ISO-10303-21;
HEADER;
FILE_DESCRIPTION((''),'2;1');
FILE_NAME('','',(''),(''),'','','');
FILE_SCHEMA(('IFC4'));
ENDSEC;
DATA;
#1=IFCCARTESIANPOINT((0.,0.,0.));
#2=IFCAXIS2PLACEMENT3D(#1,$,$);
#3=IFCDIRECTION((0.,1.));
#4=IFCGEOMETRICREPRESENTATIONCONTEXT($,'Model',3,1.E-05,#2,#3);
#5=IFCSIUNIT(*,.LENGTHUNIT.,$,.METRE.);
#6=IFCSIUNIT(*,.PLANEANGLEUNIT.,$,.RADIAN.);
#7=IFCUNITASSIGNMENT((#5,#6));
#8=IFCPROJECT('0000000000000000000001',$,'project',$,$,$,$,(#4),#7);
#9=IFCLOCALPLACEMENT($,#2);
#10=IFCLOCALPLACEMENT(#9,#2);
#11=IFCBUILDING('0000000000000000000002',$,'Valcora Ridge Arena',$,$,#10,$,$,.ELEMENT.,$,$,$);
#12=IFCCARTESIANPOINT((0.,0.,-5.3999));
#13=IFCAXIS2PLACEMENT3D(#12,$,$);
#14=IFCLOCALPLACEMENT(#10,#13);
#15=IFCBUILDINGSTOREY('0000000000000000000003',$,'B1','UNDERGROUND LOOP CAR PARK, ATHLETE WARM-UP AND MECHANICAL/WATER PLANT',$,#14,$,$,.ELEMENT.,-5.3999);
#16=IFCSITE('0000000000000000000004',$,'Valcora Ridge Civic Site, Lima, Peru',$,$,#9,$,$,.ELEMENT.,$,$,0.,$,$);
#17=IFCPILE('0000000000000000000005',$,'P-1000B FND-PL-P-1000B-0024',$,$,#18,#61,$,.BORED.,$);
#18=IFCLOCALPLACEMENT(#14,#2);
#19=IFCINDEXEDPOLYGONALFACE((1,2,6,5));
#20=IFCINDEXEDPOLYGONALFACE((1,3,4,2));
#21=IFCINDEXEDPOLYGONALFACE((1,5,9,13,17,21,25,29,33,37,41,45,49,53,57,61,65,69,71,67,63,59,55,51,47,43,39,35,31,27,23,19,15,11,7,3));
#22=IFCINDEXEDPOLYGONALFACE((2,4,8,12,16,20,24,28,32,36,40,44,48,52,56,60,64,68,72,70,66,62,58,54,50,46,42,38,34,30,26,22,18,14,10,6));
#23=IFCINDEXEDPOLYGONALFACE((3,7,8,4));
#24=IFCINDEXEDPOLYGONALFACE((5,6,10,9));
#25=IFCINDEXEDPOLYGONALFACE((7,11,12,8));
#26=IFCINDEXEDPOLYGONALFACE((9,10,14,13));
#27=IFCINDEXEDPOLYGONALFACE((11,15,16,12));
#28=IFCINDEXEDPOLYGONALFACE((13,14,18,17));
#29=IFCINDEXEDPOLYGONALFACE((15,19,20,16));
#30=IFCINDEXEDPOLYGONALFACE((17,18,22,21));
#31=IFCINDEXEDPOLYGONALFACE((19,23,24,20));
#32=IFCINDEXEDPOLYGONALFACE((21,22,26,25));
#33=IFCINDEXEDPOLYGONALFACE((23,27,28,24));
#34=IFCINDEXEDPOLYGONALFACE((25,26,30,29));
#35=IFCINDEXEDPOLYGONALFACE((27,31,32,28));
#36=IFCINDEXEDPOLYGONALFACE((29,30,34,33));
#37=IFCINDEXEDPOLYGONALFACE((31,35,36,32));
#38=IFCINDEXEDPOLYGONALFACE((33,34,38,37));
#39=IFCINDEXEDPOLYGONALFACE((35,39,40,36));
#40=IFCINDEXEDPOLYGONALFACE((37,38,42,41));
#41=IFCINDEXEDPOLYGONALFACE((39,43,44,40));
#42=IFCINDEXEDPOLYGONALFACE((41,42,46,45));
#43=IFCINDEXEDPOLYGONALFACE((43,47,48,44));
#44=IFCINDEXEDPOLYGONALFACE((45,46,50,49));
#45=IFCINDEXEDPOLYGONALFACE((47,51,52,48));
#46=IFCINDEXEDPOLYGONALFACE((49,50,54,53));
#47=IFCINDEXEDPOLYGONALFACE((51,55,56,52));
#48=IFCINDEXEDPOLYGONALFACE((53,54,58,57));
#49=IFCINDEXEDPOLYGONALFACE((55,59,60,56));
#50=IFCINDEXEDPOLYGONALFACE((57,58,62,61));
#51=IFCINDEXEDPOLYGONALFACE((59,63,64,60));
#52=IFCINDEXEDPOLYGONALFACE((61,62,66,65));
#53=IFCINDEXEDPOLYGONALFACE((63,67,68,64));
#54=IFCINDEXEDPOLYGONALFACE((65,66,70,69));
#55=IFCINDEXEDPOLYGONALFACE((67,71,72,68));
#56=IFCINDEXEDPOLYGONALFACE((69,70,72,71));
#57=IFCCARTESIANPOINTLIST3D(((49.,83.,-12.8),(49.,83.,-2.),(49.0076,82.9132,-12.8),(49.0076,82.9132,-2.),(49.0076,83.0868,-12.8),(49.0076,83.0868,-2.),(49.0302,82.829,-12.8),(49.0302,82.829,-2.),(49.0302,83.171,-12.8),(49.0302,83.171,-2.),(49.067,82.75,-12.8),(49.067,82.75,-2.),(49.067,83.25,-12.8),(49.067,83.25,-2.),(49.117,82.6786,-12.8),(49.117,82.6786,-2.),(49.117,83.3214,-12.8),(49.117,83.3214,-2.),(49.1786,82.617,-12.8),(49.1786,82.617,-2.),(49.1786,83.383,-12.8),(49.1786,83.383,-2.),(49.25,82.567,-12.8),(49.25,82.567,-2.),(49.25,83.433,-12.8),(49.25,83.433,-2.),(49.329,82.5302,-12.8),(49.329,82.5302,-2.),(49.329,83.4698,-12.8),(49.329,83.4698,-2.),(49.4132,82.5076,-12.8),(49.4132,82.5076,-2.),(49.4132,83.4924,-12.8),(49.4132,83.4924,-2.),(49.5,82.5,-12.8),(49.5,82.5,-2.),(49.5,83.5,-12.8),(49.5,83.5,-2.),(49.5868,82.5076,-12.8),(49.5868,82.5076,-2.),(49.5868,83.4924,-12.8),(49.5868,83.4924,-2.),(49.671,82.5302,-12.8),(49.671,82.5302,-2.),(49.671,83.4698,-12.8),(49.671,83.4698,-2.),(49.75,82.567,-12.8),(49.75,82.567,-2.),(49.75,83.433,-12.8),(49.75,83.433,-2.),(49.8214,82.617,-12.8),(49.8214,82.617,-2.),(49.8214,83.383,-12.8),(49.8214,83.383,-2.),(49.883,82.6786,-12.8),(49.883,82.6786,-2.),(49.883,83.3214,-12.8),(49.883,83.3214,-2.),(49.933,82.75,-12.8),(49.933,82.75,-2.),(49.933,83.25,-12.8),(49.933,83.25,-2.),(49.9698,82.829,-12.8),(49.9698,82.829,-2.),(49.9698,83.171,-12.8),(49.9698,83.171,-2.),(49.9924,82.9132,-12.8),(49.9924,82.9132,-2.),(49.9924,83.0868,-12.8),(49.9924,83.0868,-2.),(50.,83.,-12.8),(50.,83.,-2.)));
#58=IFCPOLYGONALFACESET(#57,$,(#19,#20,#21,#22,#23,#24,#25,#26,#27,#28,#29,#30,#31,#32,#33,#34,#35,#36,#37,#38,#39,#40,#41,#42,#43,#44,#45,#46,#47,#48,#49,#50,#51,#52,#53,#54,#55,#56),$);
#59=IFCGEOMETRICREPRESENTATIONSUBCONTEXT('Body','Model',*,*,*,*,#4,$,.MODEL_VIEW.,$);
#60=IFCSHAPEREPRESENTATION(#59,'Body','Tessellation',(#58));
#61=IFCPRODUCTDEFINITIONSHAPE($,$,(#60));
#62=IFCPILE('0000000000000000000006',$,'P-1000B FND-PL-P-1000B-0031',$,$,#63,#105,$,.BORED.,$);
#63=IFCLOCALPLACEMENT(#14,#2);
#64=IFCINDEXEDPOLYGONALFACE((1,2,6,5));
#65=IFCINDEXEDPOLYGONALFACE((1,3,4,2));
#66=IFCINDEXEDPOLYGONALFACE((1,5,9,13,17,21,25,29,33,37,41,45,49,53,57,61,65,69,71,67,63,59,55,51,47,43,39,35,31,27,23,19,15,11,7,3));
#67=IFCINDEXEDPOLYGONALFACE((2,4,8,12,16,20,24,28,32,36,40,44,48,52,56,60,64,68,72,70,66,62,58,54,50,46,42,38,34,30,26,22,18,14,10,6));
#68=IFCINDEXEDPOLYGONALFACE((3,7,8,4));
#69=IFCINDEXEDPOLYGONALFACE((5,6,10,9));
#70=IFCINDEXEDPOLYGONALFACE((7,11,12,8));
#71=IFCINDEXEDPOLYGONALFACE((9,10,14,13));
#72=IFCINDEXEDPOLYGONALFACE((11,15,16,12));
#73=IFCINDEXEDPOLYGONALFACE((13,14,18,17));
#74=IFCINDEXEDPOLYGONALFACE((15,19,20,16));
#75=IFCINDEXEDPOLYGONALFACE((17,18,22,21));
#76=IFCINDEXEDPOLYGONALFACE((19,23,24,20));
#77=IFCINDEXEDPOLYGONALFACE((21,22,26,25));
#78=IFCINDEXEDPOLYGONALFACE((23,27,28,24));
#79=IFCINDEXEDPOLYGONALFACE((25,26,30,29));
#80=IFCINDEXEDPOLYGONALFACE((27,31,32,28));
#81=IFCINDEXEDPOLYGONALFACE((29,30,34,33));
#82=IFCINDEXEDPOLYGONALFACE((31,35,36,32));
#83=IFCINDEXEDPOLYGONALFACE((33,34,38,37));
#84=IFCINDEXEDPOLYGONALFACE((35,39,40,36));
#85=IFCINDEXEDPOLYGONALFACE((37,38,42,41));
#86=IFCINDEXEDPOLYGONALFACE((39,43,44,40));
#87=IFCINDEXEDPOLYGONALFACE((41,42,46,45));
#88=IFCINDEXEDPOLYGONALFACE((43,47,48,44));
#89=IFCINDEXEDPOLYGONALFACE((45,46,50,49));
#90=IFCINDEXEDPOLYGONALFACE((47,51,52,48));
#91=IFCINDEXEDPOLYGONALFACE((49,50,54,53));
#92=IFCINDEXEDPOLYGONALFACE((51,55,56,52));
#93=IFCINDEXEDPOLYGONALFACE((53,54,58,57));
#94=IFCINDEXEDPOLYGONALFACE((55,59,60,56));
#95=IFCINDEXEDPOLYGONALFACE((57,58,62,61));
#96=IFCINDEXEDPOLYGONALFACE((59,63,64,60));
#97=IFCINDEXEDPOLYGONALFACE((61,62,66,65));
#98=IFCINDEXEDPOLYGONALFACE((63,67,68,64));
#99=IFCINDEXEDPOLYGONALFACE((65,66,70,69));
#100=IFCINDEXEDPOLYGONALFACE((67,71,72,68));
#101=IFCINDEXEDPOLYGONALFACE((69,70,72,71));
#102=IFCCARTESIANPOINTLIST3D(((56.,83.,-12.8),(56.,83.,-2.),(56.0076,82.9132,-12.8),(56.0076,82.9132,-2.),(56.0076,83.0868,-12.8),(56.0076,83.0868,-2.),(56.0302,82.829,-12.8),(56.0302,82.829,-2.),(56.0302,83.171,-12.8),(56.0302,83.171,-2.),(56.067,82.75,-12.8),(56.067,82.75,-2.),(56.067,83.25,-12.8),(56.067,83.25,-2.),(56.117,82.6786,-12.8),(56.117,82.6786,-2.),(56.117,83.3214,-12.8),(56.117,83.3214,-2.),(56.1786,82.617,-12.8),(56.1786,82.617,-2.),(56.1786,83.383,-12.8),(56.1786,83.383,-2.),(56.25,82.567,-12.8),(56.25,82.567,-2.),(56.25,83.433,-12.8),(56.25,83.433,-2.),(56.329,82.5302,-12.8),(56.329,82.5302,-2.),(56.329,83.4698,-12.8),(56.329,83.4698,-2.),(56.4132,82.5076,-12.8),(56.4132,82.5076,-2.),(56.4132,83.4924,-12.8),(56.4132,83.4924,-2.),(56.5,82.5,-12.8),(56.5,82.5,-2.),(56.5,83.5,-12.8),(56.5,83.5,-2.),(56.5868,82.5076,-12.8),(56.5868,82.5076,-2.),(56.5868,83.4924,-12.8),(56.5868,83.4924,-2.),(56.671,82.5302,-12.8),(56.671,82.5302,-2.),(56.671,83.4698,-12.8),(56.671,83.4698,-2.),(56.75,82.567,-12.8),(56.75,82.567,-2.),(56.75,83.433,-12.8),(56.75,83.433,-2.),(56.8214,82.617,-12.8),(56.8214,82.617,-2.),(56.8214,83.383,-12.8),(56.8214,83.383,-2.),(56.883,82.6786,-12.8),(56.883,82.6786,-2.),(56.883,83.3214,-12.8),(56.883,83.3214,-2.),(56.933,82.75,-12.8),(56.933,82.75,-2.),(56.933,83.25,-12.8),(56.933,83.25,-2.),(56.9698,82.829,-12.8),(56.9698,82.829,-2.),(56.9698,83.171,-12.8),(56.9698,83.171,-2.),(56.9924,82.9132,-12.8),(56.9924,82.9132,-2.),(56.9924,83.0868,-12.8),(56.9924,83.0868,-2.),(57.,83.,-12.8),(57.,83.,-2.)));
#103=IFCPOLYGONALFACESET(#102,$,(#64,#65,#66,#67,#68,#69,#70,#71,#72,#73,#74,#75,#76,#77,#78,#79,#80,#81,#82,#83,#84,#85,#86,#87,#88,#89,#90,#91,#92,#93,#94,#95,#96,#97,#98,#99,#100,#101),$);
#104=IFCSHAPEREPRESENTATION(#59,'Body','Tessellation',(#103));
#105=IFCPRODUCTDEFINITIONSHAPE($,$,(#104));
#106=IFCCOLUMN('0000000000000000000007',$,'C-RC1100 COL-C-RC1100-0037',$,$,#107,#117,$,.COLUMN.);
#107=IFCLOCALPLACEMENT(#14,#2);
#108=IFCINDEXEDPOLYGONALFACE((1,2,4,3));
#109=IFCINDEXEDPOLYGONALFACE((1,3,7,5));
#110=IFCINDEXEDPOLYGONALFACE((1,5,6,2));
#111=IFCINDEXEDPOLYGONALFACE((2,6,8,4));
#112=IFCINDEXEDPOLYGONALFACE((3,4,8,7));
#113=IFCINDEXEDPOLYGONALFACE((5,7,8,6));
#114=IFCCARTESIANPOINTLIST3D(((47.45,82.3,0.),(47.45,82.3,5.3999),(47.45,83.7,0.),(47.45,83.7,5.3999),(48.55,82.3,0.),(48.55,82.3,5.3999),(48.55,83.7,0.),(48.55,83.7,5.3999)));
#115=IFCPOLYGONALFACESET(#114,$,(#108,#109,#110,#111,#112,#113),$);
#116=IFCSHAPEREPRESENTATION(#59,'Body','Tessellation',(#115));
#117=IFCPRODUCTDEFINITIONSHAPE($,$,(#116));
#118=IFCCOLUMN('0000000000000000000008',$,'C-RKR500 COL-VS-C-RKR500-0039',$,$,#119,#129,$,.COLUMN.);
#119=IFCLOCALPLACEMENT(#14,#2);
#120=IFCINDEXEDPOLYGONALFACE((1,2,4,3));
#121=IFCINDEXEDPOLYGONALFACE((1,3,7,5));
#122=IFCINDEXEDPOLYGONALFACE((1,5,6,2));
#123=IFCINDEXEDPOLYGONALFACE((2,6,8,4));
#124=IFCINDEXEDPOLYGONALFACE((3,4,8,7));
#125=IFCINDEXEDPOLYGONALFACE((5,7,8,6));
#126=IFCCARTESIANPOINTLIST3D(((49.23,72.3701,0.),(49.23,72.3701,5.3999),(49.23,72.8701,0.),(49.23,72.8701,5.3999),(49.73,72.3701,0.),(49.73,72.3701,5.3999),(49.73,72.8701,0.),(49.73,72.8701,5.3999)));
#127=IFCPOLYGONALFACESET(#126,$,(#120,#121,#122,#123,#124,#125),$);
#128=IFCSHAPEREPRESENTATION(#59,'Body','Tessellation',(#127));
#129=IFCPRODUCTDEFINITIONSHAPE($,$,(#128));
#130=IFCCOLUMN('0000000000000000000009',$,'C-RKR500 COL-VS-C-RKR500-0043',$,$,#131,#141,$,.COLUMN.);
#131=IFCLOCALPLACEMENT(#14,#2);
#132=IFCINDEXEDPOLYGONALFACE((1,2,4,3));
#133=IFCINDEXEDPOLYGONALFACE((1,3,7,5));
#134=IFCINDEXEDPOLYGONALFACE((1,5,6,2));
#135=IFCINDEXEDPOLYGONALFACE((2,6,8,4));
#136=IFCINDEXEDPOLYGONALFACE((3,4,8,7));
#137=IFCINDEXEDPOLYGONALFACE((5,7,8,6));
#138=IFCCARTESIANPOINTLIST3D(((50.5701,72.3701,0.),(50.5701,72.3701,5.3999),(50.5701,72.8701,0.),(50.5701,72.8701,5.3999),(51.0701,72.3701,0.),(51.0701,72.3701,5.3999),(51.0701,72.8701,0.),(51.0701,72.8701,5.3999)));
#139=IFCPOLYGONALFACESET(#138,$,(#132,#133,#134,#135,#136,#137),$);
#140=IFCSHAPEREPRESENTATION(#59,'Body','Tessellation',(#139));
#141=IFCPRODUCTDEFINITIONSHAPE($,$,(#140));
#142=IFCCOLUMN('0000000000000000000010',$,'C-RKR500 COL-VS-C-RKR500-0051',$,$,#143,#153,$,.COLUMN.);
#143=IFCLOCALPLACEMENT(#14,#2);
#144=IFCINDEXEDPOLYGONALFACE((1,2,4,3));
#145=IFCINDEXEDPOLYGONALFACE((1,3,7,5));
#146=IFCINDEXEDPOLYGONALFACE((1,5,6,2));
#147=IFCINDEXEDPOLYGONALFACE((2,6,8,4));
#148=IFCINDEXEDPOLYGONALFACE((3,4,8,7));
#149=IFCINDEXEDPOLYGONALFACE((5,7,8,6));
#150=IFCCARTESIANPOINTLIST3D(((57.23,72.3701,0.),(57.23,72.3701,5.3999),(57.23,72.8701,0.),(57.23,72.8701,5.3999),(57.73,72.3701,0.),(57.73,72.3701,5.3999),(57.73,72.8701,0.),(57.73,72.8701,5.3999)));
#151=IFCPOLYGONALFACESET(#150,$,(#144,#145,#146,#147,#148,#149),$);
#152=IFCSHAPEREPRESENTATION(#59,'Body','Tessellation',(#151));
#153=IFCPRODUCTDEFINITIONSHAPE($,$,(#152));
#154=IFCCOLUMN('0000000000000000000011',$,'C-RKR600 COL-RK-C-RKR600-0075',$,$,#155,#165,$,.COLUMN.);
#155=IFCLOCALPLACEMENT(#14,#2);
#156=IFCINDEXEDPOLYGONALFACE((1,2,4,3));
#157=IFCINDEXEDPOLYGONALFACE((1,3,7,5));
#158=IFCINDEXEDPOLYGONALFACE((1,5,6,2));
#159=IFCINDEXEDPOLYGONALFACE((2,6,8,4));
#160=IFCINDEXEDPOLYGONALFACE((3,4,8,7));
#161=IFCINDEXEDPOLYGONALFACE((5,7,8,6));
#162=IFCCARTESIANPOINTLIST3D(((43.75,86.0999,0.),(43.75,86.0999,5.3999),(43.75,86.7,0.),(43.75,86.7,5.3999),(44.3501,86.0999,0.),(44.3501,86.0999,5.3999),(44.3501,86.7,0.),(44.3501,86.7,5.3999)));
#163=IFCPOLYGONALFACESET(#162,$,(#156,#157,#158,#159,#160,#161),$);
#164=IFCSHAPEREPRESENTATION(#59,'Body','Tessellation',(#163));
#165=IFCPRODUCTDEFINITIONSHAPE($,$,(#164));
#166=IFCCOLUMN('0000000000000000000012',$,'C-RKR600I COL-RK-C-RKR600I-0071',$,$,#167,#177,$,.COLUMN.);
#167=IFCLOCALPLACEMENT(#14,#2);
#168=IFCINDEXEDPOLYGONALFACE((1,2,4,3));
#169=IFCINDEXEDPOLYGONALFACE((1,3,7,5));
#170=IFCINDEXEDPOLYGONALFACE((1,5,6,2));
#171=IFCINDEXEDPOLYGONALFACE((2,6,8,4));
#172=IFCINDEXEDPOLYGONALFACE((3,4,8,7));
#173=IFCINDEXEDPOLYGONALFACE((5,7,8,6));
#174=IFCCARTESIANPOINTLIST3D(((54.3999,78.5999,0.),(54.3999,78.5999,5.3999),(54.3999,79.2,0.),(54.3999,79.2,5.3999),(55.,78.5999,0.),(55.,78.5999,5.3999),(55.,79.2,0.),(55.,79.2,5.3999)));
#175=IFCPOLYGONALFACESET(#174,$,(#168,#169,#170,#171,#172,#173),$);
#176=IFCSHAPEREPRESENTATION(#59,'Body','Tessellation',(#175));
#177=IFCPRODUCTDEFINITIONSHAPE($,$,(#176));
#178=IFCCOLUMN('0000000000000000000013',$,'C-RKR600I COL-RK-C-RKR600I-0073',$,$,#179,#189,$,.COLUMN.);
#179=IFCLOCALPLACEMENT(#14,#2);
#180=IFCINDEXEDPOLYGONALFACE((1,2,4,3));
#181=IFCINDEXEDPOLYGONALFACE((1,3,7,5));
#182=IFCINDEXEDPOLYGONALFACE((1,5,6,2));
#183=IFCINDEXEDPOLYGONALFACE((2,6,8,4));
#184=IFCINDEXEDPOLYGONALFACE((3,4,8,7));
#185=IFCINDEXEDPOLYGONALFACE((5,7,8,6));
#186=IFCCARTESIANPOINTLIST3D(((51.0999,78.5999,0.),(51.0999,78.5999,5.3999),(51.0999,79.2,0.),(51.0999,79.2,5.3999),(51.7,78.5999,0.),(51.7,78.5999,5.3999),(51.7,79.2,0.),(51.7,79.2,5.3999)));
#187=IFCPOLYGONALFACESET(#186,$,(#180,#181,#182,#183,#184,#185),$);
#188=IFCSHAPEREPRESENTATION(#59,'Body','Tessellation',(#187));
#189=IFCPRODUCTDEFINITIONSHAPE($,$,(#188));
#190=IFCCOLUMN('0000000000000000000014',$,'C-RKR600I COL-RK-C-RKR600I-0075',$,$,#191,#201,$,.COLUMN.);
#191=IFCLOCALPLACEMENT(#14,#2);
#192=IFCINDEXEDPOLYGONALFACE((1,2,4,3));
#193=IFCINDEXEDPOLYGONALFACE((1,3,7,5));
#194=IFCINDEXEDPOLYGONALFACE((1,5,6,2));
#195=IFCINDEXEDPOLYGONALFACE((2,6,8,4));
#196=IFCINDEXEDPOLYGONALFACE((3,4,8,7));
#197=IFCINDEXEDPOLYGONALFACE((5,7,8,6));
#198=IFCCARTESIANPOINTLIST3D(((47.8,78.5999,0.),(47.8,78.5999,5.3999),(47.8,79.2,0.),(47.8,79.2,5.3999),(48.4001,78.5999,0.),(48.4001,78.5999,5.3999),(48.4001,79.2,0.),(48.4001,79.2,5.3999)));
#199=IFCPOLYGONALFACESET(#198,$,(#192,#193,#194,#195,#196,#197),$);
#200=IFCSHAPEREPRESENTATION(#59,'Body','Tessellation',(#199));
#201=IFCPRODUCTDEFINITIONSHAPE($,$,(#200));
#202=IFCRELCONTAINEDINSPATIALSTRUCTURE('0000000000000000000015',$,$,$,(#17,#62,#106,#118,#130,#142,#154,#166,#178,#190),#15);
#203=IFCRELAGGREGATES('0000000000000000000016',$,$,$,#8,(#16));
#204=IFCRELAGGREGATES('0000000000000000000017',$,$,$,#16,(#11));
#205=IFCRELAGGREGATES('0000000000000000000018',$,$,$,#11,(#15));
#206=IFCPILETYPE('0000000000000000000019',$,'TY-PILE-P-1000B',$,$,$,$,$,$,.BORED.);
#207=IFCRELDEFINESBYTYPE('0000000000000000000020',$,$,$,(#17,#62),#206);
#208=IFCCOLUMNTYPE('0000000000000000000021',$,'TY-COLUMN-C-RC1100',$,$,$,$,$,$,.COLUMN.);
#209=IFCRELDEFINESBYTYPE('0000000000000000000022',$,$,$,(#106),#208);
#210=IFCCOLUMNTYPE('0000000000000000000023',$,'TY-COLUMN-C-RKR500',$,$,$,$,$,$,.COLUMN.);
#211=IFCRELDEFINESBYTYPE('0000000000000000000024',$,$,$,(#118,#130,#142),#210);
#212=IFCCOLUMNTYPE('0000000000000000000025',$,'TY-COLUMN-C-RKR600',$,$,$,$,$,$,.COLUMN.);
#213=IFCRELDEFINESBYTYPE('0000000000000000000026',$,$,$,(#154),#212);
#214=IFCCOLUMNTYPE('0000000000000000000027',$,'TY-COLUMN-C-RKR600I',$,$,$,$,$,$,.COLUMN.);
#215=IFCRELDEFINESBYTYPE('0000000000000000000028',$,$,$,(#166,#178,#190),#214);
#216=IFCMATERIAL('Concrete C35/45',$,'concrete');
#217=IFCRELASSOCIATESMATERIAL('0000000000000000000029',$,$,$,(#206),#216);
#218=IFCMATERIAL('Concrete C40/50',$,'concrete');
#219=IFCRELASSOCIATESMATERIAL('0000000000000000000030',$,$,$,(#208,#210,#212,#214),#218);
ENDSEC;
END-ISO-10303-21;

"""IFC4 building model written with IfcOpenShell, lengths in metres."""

from ifc_helpers import new_model, si_unit, direction, frame, origin, origin_2d, place, context, subcontext, project, spatial, rectangle, circle, extrude, material, material_profile, profile_set, type_object, element, save


model = new_model("IFC4")

# Units and contexts
model_context = context("Model", 3, precision=1e-05, world=origin(), true_north=direction((0.0, 1.0)))
body_context = subcontext(model_context, "Body", "Model", "MODEL_VIEW")
ifc_project = project(units=[si_unit("LENGTHUNIT", "METRE"), si_unit("PLANEANGLEUNIT", "RADIAN")], contexts=[model_context])

# Site, building, storey
site_placement = place(None, origin())
site = spatial("IfcSite", under=ifc_project, at=site_placement, Name="Valcora Ridge Civic Site, Lima, Peru", CompositionType="ELEMENT", RefElevation=0.0)
building_placement = place(site_placement, origin())
building = spatial("IfcBuilding", under=site, at=building_placement, Name="Valcora Ridge Arena", CompositionType="ELEMENT")
storey_placement = place(building_placement, frame((0.0, 0.0, -5.3999)))
storey = spatial("IfcBuildingStorey", under=building, at=storey_placement, Name="B1", Description="UNDERGROUND LOOP CAR PARK, ATHLETE WARM-UP AND MECHANICAL/WATER PLANT", CompositionType="ELEMENT", Elevation=-5.3999)

# Shared definitions
ifc_material_1 = material(Name="Concrete C40/50", Category="concrete")

# Piles
ifc_material_2 = material(Name="Concrete C35/45", Category="concrete")
ifc_material_profile_1 = material_profile(ifc_material_2, circle(Radius=0.5, at=origin_2d()), Name="BORED PILE D1000")
ifc_profile_set_1 = profile_set([ifc_material_profile_1], Name="Concrete C35/45")
pile_type = type_object("IfcPileType", Name="TY-PILE-P-1000B", PredefinedType="BORED", material=ifc_profile_set_1)
for number, where, z_axis, x_axis, name in (
    (1, (49.5, 83.0, -2.0), (0.0, 0.0, -1.0), (1.0, 0.0, 0.0), "P-1000B FND-PL-P-1000B-0024"),
    (2, (56.5, 83.0, -2.0), (0.0, 0.0, -1.0), (1.0, 0.0, 0.0), "P-1000B FND-PL-P-1000B-0031"),
):
    element("IfcPile", number, at=place(storey_placement, frame(where, z_axis=z_axis, x_axis=x_axis)), inside=storey, type_object=pile_type, Name=name, PredefinedType="BORED", context=body_context, shape_type="SweptSolid", body=[
        extrude(circle(Radius=0.5, at=origin_2d()), origin(), (0.0, 0.0, 1.0), 10.8),
    ])

# Columns
ifc_material_profile_2 = material_profile(ifc_material_1, rectangle(XDim=1.1001, YDim=1.3999, at=origin_2d()), Name="RC 1100x1400")
ifc_profile_set_2 = profile_set([ifc_material_profile_2], Name="Concrete C40/50")
column_type_1 = type_object("IfcColumnType", Name="TY-COLUMN-C-RC1100", PredefinedType="COLUMN", material=ifc_profile_set_2)
column_1_placement = place(storey_placement, frame((48.0, 83.0, 0.0), z_axis=(0.0, 0.0, 1.0), x_axis=(1.0, 0.0, 0.0)))
element("IfcColumn", 3, at=column_1_placement, inside=storey, type_object=column_type_1, Name="C-RC1100 COL-C-RC1100-0037", PredefinedType="COLUMN", context=body_context, shape_type="SweptSolid", body=[
    extrude(rectangle(XDim=1.1001, YDim=1.3999, at=origin_2d()), origin(), (0.0, 0.0, 1.0), 5.3999),
])
ifc_material_profile_3 = material_profile(ifc_material_1, rectangle(XDim=0.5, YDim=0.5, at=origin_2d()), Name="RC 500x500")
ifc_profile_set_3 = profile_set([ifc_material_profile_3], Name="Concrete C40/50")
column_type_2 = type_object("IfcColumnType", Name="TY-COLUMN-C-RKR500", PredefinedType="COLUMN", material=ifc_profile_set_3)
for number, where, z_axis, x_axis, name in (
    (4, (49.48, 72.6201, 0.0), (0.0, 0.0, 1.0), (1.0, 0.0, 0.0), "C-RKR500 COL-VS-C-RKR500-0039"),
    (5, (50.8201, 72.6201, 0.0), (0.0, 0.0, 1.0), (1.0, 0.0, 0.0), "C-RKR500 COL-VS-C-RKR500-0043"),
    (6, (57.48, 72.6201, 0.0), (0.0, 0.0, 1.0), (1.0, 0.0, 0.0), "C-RKR500 COL-VS-C-RKR500-0051"),
):
    element("IfcColumn", number, at=place(storey_placement, frame(where, z_axis=z_axis, x_axis=x_axis)), inside=storey, type_object=column_type_2, Name=name, PredefinedType="COLUMN", context=body_context, shape_type="SweptSolid", body=[
        extrude(rectangle(XDim=0.5, YDim=0.5, at=origin_2d()), origin(), (0.0, 0.0, 1.0), 5.3999),
    ])
ifc_material_profile_4 = material_profile(ifc_material_1, rectangle(XDim=0.6001, YDim=0.6001, at=origin_2d()), Name="RC 600x600")
ifc_profile_set_4 = profile_set([ifc_material_profile_4], Name="Concrete C40/50")
column_type_3 = type_object("IfcColumnType", Name="TY-COLUMN-C-RKR600", PredefinedType="COLUMN", material=ifc_profile_set_4)
column_2_placement = place(storey_placement, frame((44.05, 86.3999, 0.0), z_axis=(0.0, 0.0, 1.0), x_axis=(1.0, 0.0, 0.0)))
element("IfcColumn", 7, at=column_2_placement, inside=storey, type_object=column_type_3, Name="C-RKR600 COL-RK-C-RKR600-0075", PredefinedType="COLUMN", context=body_context, shape_type="SweptSolid", body=[
    extrude(rectangle(XDim=0.6001, YDim=0.6001, at=origin_2d()), origin(), (0.0, 0.0, 1.0), 5.3999),
])
ifc_material_profile_5 = material_profile(ifc_material_1, rectangle(XDim=0.6001, YDim=0.6001, at=origin_2d()), Name="RC 600x600")
ifc_profile_set_5 = profile_set([ifc_material_profile_5], Name="Concrete C40/50")
column_type_4 = type_object("IfcColumnType", Name="TY-COLUMN-C-RKR600I", PredefinedType="COLUMN", material=ifc_profile_set_5)
for number, where, z_axis, x_axis, name in (
    (8, (54.7, 78.8999, 0.0), (0.0, 0.0, 1.0), (1.0, 0.0, 0.0), "C-RKR600I COL-RK-C-RKR600I-0071"),
    (9, (51.3999, 78.8999, 0.0), (0.0, 0.0, 1.0), (1.0, 0.0, 0.0), "C-RKR600I COL-RK-C-RKR600I-0073"),
    (10, (48.1001, 78.8999, 0.0), (0.0, 0.0, 1.0), (1.0, 0.0, 0.0), "C-RKR600I COL-RK-C-RKR600I-0075"),
):
    element("IfcColumn", number, at=place(storey_placement, frame(where, z_axis=z_axis, x_axis=x_axis)), inside=storey, type_object=column_type_4, Name=name, PredefinedType="COLUMN", context=body_context, shape_type="SweptSolid", body=[
        extrude(rectangle(XDim=0.6001, YDim=0.6001, at=origin_2d()), origin(), (0.0, 0.0, 1.0), 5.3999),
    ])

save(model, "model.ifc")
